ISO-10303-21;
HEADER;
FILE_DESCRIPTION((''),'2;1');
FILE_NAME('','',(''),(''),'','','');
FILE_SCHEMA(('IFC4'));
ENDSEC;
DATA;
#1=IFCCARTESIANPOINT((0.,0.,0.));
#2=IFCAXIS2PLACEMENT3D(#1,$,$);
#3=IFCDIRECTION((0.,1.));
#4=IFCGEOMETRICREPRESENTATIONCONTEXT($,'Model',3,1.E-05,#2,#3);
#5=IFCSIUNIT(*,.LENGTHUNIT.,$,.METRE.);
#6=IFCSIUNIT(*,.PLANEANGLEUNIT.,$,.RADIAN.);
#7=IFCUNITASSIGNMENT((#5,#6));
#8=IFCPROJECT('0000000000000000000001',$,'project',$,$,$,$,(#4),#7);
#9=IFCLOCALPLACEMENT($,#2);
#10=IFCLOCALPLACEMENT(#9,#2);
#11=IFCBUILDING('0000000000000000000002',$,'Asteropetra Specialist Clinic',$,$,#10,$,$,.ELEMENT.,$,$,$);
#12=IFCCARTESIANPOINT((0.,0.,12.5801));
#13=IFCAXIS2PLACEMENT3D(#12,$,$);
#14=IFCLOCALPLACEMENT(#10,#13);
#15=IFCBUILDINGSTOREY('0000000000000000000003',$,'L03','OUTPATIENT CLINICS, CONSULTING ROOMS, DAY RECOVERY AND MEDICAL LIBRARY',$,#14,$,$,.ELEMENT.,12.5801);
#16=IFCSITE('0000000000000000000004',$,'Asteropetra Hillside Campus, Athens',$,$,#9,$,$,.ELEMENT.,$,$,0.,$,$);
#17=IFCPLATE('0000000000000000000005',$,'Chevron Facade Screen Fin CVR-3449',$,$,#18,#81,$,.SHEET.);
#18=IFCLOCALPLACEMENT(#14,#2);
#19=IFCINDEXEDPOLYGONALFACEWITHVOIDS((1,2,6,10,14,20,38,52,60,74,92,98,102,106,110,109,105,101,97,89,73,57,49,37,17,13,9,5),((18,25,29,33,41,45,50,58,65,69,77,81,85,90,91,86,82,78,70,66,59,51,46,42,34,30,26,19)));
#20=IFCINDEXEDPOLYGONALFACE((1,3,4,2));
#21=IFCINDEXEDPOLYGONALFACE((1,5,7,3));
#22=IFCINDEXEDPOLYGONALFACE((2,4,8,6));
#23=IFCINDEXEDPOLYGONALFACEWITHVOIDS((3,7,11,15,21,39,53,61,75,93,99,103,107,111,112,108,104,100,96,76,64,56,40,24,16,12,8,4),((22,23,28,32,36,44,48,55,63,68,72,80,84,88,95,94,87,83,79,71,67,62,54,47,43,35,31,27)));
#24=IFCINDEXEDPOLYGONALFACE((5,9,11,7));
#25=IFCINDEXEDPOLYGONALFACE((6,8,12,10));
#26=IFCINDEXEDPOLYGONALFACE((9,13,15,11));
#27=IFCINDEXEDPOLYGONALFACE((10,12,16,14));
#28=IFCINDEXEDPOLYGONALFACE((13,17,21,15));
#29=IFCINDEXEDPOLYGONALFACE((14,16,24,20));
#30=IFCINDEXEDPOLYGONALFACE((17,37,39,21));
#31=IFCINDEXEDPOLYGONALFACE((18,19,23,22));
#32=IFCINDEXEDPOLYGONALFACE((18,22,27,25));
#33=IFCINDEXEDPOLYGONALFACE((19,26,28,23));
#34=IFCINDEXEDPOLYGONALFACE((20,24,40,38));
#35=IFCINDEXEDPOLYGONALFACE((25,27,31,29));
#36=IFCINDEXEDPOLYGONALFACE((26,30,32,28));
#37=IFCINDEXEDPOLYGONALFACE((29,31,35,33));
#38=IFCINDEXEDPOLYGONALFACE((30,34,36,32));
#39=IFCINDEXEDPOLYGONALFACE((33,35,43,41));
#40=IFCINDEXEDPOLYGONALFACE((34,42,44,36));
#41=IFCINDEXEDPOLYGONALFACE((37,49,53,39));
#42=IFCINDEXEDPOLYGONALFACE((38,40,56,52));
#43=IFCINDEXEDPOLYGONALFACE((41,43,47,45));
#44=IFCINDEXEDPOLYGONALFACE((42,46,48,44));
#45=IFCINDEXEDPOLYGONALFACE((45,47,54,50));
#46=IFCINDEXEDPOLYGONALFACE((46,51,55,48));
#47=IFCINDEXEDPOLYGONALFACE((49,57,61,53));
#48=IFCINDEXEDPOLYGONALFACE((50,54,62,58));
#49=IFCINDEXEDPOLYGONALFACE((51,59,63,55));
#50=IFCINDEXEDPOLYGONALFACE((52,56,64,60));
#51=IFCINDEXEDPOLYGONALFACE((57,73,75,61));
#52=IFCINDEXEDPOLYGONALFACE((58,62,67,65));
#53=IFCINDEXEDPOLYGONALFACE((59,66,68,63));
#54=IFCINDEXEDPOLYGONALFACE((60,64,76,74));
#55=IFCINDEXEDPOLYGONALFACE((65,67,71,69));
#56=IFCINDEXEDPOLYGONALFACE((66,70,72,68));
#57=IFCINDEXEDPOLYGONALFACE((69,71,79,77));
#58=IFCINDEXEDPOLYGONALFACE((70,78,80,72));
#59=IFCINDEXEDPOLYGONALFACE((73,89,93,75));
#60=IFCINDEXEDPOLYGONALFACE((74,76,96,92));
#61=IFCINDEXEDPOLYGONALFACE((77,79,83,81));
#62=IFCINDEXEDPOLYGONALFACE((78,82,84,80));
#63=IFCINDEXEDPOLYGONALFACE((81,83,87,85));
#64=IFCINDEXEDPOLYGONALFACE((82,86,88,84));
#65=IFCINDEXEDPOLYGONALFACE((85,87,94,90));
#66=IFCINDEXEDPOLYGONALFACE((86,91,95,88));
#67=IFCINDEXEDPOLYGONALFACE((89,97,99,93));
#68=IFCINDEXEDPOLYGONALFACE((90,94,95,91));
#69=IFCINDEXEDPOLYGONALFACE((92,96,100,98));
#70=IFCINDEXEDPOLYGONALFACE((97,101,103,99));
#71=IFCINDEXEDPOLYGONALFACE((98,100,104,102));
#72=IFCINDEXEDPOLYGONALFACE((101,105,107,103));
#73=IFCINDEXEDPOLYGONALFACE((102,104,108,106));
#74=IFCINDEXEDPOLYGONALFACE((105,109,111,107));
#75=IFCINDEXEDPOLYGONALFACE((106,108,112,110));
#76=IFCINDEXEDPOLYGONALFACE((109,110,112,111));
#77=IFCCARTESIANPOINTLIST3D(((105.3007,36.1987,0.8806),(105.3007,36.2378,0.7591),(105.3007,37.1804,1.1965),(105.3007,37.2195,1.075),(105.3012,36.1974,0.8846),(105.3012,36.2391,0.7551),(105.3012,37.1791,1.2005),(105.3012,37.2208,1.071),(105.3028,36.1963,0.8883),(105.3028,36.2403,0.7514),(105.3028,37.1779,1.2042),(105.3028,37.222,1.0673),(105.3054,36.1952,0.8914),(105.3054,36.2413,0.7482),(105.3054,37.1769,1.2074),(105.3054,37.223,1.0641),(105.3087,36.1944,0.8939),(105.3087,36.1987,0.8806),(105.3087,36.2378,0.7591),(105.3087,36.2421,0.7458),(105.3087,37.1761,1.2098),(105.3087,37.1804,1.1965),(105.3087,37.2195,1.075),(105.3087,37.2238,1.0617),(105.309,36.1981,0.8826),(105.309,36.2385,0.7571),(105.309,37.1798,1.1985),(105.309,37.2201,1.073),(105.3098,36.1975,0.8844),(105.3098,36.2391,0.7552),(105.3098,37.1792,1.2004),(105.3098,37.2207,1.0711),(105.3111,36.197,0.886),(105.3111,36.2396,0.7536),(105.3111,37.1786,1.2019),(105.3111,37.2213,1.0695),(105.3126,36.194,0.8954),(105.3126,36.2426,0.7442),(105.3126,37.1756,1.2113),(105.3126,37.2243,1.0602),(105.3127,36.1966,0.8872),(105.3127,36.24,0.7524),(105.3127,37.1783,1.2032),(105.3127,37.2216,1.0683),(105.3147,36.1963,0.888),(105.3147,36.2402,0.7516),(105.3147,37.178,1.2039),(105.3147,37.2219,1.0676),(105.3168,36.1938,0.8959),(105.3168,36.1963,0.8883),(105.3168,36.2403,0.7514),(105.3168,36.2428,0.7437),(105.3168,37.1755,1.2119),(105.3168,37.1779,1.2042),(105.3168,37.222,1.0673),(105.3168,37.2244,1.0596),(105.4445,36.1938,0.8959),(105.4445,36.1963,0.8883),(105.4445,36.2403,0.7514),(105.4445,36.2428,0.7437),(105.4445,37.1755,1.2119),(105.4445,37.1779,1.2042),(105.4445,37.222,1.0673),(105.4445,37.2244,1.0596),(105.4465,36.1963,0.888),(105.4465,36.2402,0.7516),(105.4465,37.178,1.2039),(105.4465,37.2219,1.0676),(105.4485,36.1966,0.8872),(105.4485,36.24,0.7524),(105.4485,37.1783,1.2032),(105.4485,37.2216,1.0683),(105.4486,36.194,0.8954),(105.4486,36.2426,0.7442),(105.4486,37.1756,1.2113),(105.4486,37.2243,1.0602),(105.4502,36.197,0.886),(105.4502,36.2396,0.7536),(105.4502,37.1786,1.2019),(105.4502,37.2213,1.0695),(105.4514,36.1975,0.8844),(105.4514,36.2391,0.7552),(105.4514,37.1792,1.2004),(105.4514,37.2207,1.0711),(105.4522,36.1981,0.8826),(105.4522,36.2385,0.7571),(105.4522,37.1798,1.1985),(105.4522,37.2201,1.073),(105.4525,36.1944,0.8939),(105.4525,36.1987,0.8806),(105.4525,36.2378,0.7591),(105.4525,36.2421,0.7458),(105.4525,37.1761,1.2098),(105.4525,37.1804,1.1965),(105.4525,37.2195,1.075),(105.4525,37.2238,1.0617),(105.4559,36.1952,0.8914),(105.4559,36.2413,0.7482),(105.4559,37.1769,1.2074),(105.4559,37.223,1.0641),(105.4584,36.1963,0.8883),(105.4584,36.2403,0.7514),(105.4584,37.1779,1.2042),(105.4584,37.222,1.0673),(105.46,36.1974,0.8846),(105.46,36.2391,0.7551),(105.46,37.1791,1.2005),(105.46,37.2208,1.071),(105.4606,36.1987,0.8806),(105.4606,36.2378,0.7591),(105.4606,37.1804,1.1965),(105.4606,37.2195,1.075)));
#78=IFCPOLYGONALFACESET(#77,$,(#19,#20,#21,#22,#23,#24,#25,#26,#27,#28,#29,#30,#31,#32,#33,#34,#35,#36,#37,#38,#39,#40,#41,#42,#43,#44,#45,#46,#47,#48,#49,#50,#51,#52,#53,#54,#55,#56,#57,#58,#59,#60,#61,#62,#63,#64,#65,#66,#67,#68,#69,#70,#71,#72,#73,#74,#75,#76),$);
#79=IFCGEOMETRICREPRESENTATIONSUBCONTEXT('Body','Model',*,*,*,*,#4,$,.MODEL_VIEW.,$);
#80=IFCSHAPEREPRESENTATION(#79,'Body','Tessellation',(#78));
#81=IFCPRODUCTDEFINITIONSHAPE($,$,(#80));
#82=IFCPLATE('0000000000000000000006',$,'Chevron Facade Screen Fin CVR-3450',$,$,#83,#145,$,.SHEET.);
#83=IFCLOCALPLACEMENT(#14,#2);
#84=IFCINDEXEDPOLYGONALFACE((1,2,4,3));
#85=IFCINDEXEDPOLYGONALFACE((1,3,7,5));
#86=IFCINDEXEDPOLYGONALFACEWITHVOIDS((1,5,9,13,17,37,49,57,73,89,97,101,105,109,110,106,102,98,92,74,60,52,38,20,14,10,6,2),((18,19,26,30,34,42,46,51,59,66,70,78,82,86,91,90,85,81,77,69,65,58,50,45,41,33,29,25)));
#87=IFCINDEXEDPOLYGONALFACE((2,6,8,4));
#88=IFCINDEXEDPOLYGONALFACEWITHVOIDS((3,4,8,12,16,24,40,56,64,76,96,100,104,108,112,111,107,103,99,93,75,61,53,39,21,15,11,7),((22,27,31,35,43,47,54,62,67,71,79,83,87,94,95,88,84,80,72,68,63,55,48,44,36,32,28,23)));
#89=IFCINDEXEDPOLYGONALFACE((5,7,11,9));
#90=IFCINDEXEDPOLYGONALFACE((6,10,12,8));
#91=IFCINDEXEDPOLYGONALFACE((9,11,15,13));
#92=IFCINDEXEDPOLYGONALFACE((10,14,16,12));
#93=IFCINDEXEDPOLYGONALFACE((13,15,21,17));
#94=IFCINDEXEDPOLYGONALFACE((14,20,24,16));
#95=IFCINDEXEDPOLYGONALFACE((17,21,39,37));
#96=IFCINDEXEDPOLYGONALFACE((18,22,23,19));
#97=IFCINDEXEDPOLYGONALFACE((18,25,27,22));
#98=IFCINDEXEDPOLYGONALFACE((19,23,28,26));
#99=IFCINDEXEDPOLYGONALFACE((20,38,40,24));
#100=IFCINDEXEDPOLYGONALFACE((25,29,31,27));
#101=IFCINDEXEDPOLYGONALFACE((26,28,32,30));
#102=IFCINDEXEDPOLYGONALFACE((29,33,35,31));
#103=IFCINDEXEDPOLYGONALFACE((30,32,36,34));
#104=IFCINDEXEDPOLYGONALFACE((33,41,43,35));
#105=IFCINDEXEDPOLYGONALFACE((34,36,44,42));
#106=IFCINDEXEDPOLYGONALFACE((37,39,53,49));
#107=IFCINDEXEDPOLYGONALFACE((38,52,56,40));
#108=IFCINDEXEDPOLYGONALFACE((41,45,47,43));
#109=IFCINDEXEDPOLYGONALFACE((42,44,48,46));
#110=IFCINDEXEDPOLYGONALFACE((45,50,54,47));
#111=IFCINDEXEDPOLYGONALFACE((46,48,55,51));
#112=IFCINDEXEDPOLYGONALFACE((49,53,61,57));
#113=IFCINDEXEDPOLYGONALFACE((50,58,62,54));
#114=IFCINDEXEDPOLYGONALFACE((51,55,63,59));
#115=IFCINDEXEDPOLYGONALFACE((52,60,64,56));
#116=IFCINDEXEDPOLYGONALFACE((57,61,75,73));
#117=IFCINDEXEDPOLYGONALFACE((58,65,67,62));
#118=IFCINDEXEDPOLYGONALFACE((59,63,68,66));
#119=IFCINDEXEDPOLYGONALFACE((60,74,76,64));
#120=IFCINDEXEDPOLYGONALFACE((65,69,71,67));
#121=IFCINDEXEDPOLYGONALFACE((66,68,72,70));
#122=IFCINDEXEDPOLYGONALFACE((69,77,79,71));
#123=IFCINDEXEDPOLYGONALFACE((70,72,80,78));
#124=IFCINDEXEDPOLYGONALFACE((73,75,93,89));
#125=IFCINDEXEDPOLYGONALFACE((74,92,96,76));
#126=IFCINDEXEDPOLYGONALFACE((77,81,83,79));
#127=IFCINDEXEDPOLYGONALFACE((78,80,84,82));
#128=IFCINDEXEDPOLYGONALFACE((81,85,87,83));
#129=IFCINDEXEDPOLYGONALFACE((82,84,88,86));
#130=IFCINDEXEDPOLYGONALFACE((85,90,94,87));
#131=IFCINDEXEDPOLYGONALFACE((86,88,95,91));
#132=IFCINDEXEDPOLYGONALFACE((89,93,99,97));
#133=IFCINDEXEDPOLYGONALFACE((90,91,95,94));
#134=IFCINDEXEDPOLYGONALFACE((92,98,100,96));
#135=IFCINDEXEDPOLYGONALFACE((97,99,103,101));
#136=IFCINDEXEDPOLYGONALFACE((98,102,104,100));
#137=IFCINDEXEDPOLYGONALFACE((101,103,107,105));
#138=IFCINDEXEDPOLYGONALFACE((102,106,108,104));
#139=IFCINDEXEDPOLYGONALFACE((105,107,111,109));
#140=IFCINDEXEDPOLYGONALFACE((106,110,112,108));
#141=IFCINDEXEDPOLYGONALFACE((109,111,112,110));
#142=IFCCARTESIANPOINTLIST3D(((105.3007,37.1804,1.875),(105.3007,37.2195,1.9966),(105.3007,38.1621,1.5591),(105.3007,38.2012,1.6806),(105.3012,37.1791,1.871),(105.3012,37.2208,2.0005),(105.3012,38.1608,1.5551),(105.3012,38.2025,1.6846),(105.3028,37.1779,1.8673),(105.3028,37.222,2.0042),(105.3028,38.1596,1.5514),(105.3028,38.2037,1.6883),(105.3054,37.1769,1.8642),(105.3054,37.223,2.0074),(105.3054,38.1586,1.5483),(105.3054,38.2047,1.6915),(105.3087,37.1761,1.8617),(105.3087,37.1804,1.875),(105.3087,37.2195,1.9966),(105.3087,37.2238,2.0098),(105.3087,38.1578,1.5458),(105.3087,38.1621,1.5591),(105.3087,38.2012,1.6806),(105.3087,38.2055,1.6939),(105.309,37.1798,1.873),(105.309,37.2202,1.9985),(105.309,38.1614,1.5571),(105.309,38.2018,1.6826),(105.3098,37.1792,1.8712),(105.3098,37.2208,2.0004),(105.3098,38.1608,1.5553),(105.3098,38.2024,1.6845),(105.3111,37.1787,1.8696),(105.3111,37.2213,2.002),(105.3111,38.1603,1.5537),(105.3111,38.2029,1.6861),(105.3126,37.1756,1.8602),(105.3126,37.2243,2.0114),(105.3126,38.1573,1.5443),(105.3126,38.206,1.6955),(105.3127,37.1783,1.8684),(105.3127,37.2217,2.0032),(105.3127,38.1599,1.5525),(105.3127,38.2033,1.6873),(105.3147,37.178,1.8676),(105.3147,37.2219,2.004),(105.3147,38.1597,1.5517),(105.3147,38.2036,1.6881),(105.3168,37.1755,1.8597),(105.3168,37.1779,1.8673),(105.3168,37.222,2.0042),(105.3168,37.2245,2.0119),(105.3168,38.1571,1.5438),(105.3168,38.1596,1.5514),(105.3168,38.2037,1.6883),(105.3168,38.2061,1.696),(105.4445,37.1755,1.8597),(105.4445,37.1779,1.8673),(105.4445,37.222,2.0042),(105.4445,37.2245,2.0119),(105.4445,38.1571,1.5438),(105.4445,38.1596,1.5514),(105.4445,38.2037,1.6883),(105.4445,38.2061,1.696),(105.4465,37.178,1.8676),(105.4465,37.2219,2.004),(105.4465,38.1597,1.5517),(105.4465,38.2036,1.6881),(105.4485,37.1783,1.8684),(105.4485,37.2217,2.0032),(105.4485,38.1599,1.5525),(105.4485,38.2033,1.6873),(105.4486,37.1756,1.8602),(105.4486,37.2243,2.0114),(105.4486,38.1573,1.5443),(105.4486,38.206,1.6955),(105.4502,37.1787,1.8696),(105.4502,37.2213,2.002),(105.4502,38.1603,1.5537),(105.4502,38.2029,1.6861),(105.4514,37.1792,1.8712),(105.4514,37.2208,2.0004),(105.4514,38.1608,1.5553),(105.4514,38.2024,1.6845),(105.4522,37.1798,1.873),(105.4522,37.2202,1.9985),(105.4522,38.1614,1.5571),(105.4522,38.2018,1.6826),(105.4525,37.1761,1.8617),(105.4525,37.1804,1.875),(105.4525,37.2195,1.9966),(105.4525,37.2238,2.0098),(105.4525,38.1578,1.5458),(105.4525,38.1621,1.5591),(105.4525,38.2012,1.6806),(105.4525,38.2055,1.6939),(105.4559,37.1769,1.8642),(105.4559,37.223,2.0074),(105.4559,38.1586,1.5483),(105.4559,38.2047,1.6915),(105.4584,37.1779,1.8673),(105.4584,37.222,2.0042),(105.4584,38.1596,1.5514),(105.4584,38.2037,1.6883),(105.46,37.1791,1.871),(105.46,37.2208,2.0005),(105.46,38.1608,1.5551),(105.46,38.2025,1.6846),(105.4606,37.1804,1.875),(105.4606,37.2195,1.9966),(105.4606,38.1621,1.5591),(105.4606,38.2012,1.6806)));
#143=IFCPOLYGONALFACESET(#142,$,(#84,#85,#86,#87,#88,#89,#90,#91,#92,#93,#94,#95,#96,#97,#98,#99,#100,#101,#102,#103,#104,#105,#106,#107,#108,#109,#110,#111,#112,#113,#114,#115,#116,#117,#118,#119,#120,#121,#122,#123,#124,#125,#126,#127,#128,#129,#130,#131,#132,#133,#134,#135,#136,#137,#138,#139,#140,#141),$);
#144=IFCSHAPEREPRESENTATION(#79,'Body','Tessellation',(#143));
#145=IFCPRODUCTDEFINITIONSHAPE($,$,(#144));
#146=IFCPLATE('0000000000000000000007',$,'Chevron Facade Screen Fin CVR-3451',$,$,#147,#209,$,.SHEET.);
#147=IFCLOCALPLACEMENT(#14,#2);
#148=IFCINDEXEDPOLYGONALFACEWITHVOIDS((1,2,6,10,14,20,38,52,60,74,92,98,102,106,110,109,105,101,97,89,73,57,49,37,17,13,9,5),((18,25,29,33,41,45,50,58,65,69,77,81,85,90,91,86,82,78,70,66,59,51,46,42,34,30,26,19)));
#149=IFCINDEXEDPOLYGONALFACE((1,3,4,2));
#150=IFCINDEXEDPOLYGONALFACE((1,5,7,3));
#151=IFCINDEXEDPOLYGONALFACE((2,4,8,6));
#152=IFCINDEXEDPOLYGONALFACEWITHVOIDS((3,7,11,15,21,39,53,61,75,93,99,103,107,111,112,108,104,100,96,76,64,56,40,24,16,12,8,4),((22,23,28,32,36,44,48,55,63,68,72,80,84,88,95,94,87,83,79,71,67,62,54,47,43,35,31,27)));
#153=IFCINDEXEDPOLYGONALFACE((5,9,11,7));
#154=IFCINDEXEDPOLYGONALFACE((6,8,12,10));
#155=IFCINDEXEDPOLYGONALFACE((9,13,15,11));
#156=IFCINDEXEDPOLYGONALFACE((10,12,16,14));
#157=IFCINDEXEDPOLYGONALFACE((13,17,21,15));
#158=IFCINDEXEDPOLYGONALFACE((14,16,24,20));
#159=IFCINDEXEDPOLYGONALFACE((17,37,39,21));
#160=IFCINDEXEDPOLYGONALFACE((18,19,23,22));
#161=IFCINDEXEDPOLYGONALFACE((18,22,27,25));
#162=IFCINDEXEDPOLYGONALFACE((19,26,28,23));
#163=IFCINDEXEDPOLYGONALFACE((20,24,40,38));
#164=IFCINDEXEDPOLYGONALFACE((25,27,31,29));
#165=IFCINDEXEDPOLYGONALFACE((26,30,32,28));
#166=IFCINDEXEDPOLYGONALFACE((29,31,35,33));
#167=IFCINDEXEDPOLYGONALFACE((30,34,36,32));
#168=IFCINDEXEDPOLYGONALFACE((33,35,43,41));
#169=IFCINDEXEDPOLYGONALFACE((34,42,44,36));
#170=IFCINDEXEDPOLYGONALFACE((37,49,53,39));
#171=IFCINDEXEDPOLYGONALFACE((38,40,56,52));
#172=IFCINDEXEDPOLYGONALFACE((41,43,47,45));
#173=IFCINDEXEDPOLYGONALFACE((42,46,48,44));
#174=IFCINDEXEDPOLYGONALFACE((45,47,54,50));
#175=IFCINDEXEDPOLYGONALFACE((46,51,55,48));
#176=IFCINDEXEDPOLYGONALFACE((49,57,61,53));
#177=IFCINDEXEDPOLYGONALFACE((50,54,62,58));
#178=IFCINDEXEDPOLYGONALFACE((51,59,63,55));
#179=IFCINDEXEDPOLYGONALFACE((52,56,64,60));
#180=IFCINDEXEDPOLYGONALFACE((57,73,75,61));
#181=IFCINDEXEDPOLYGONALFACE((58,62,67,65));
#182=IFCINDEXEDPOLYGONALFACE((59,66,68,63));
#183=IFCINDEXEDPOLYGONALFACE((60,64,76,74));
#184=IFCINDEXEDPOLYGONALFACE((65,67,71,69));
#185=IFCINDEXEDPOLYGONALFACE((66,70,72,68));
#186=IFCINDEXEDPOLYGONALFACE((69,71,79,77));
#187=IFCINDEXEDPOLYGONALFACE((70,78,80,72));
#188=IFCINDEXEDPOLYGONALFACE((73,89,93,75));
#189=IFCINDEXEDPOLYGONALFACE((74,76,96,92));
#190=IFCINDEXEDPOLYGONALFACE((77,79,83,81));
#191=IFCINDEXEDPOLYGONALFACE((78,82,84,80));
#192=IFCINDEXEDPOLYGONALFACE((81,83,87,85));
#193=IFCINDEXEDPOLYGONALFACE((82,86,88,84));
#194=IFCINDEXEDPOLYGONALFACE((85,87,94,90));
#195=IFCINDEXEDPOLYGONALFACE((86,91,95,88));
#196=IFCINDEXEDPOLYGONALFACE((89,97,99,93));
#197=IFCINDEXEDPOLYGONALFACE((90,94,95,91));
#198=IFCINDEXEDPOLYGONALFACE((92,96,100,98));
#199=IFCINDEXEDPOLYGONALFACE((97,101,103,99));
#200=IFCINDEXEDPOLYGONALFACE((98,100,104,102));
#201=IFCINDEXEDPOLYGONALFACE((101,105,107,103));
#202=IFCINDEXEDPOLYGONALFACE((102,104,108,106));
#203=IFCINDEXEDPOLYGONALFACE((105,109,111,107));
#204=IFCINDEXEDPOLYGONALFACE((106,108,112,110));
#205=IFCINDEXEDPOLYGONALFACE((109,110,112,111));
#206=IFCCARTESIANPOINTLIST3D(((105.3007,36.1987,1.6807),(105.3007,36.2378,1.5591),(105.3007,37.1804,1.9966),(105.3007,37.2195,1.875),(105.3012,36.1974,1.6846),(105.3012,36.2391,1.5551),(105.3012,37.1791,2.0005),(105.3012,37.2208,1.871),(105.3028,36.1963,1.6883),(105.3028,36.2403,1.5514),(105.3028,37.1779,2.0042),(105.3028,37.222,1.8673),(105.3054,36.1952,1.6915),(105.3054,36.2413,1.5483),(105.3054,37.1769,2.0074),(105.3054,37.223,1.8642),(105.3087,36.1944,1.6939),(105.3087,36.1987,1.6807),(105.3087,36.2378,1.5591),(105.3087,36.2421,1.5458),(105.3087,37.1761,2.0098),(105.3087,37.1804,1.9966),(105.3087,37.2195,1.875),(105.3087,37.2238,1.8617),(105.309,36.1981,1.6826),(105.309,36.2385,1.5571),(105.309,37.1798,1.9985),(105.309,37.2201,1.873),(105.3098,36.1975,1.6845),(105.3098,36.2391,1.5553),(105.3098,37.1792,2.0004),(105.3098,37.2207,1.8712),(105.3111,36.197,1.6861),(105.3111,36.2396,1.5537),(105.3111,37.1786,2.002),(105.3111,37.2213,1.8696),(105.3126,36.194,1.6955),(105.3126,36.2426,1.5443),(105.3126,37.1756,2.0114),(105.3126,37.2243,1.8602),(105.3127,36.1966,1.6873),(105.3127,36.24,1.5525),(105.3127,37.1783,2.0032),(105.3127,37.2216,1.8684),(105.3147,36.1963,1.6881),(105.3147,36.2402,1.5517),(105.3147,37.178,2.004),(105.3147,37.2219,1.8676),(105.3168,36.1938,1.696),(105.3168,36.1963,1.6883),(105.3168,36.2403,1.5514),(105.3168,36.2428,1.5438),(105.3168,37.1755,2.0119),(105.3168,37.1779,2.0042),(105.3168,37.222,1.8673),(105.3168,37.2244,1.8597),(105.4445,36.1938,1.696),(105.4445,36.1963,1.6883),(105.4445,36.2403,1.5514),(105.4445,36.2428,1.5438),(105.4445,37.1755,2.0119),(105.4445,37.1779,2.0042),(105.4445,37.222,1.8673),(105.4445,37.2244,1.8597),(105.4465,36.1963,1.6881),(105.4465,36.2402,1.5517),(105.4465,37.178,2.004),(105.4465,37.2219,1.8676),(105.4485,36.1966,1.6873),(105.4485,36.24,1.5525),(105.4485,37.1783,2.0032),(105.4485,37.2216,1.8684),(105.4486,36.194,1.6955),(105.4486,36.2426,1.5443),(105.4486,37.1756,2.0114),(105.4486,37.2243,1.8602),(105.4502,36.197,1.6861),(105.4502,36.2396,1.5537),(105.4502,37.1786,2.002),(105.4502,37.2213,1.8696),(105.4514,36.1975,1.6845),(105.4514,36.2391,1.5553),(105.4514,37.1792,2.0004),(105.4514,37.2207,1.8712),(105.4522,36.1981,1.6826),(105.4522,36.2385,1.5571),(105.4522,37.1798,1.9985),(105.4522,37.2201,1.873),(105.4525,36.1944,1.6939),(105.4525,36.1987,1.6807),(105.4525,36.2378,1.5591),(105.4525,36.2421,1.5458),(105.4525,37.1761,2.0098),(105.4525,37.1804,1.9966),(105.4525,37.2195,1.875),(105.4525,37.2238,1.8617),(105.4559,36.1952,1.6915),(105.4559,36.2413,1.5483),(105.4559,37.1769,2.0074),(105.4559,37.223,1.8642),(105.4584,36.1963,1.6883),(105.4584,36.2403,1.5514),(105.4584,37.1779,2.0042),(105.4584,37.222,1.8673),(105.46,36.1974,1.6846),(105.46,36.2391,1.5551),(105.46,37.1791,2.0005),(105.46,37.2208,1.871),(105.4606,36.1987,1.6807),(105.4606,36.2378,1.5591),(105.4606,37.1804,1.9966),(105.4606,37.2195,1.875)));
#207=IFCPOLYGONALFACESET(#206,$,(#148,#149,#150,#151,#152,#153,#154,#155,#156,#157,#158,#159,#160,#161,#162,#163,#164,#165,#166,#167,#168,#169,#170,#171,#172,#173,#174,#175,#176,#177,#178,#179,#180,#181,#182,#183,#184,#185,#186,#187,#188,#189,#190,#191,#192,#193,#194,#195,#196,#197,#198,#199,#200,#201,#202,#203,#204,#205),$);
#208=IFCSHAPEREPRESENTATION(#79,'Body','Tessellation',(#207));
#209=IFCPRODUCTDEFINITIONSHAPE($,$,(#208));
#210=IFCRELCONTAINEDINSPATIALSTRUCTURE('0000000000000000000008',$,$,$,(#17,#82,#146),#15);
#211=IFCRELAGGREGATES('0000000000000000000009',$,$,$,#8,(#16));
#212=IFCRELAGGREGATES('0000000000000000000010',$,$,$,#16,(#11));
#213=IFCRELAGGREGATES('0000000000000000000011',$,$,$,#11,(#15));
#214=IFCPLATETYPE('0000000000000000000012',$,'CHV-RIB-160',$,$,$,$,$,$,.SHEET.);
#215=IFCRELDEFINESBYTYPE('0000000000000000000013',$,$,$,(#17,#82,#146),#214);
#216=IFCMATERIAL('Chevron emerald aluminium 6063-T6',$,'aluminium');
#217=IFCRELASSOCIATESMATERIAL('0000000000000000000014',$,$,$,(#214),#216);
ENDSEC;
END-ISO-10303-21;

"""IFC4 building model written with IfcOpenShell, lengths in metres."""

from ifc_helpers import new_model, si_unit, direction, frame, origin, origin_2d, place, context, subcontext, project, spatial, hollow_rectangle, extrude, material, material_profile, profile_set, type_object, element, save


model = new_model("IFC4")

# Units and contexts
model_context = context("Model", 3, precision=1e-05, world=origin(), true_north=direction((0.0, 1.0)))
body_context = subcontext(model_context, "Body", "Model", "MODEL_VIEW")
ifc_project = project(units=[si_unit("LENGTHUNIT", "METRE"), si_unit("PLANEANGLEUNIT", "RADIAN")], contexts=[model_context])

# Site, building, storey
site_placement = place(None, origin())
site = spatial("IfcSite", under=ifc_project, at=site_placement, Name="Asteropetra Hillside Campus, Athens", CompositionType="ELEMENT", RefElevation=0.0)
building_placement = place(site_placement, origin())
building = spatial("IfcBuilding", under=site, at=building_placement, Name="Asteropetra Specialist Clinic", CompositionType="ELEMENT")
storey_placement = place(building_placement, frame((0.0, 0.0, 12.5801)))
storey = spatial("IfcBuildingStorey", under=building, at=storey_placement, Name="L03", Description="OUTPATIENT CLINICS, CONSULTING ROOMS, DAY RECOVERY AND MEDICAL LIBRARY", CompositionType="ELEMENT", Elevation=12.5801)

# Plates
ifc_material_1 = material(Name="Chevron emerald aluminium 6063-T6", Category="aluminium")
ifc_material_profile = material_profile(ifc_material_1, hollow_rectangle(XDim=0.1599, YDim=0.1599, WallThickness=0.0081, InnerFilletRadius=0.0081, OuterFilletRadius=0.0161, at=origin_2d()), Name="SHS 160x160x8.0")
ifc_profile_set = profile_set([ifc_material_profile], Name="Chevron emerald aluminium 6063-T6")
plate_type_1 = type_object("IfcPlateType", Name="CHV-RIB-160", PredefinedType="SHEET", material=ifc_profile_set)
for number, where, z_axis, x_axis, name in (
    (1, (105.3806, 37.2, 1.1357), (0.0, -0.951923, -0.306339), (1.0, 0.0, 0.0), "Chevron Facade Screen Fin CVR-3449"),
    (2, (105.3806, 38.1816, 1.6199), (0.0, -0.951923, 0.306339), (1.0, 0.0, 0.0), "Chevron Facade Screen Fin CVR-3450"),
    (3, (105.3806, 37.2, 1.9358), (0.0, -0.951923, -0.306339), (1.0, 0.0, 0.0), "Chevron Facade Screen Fin CVR-3451"),
):
    element("IfcPlate", number, at=place(storey_placement, frame(where, z_axis=z_axis, x_axis=x_axis)), inside=storey, type_object=plate_type_1, Name=name, PredefinedType="SHEET", context=body_context, shape_type="SweptSolid", body=[
        extrude(hollow_rectangle(XDim=0.1599, YDim=0.1599, WallThickness=0.0081, InnerFilletRadius=0.0081, OuterFilletRadius=0.0161, at=origin_2d()), origin(), (0.0, 0.0, 1.0), 1.0312),
    ])

save(model, "model.ifc")
